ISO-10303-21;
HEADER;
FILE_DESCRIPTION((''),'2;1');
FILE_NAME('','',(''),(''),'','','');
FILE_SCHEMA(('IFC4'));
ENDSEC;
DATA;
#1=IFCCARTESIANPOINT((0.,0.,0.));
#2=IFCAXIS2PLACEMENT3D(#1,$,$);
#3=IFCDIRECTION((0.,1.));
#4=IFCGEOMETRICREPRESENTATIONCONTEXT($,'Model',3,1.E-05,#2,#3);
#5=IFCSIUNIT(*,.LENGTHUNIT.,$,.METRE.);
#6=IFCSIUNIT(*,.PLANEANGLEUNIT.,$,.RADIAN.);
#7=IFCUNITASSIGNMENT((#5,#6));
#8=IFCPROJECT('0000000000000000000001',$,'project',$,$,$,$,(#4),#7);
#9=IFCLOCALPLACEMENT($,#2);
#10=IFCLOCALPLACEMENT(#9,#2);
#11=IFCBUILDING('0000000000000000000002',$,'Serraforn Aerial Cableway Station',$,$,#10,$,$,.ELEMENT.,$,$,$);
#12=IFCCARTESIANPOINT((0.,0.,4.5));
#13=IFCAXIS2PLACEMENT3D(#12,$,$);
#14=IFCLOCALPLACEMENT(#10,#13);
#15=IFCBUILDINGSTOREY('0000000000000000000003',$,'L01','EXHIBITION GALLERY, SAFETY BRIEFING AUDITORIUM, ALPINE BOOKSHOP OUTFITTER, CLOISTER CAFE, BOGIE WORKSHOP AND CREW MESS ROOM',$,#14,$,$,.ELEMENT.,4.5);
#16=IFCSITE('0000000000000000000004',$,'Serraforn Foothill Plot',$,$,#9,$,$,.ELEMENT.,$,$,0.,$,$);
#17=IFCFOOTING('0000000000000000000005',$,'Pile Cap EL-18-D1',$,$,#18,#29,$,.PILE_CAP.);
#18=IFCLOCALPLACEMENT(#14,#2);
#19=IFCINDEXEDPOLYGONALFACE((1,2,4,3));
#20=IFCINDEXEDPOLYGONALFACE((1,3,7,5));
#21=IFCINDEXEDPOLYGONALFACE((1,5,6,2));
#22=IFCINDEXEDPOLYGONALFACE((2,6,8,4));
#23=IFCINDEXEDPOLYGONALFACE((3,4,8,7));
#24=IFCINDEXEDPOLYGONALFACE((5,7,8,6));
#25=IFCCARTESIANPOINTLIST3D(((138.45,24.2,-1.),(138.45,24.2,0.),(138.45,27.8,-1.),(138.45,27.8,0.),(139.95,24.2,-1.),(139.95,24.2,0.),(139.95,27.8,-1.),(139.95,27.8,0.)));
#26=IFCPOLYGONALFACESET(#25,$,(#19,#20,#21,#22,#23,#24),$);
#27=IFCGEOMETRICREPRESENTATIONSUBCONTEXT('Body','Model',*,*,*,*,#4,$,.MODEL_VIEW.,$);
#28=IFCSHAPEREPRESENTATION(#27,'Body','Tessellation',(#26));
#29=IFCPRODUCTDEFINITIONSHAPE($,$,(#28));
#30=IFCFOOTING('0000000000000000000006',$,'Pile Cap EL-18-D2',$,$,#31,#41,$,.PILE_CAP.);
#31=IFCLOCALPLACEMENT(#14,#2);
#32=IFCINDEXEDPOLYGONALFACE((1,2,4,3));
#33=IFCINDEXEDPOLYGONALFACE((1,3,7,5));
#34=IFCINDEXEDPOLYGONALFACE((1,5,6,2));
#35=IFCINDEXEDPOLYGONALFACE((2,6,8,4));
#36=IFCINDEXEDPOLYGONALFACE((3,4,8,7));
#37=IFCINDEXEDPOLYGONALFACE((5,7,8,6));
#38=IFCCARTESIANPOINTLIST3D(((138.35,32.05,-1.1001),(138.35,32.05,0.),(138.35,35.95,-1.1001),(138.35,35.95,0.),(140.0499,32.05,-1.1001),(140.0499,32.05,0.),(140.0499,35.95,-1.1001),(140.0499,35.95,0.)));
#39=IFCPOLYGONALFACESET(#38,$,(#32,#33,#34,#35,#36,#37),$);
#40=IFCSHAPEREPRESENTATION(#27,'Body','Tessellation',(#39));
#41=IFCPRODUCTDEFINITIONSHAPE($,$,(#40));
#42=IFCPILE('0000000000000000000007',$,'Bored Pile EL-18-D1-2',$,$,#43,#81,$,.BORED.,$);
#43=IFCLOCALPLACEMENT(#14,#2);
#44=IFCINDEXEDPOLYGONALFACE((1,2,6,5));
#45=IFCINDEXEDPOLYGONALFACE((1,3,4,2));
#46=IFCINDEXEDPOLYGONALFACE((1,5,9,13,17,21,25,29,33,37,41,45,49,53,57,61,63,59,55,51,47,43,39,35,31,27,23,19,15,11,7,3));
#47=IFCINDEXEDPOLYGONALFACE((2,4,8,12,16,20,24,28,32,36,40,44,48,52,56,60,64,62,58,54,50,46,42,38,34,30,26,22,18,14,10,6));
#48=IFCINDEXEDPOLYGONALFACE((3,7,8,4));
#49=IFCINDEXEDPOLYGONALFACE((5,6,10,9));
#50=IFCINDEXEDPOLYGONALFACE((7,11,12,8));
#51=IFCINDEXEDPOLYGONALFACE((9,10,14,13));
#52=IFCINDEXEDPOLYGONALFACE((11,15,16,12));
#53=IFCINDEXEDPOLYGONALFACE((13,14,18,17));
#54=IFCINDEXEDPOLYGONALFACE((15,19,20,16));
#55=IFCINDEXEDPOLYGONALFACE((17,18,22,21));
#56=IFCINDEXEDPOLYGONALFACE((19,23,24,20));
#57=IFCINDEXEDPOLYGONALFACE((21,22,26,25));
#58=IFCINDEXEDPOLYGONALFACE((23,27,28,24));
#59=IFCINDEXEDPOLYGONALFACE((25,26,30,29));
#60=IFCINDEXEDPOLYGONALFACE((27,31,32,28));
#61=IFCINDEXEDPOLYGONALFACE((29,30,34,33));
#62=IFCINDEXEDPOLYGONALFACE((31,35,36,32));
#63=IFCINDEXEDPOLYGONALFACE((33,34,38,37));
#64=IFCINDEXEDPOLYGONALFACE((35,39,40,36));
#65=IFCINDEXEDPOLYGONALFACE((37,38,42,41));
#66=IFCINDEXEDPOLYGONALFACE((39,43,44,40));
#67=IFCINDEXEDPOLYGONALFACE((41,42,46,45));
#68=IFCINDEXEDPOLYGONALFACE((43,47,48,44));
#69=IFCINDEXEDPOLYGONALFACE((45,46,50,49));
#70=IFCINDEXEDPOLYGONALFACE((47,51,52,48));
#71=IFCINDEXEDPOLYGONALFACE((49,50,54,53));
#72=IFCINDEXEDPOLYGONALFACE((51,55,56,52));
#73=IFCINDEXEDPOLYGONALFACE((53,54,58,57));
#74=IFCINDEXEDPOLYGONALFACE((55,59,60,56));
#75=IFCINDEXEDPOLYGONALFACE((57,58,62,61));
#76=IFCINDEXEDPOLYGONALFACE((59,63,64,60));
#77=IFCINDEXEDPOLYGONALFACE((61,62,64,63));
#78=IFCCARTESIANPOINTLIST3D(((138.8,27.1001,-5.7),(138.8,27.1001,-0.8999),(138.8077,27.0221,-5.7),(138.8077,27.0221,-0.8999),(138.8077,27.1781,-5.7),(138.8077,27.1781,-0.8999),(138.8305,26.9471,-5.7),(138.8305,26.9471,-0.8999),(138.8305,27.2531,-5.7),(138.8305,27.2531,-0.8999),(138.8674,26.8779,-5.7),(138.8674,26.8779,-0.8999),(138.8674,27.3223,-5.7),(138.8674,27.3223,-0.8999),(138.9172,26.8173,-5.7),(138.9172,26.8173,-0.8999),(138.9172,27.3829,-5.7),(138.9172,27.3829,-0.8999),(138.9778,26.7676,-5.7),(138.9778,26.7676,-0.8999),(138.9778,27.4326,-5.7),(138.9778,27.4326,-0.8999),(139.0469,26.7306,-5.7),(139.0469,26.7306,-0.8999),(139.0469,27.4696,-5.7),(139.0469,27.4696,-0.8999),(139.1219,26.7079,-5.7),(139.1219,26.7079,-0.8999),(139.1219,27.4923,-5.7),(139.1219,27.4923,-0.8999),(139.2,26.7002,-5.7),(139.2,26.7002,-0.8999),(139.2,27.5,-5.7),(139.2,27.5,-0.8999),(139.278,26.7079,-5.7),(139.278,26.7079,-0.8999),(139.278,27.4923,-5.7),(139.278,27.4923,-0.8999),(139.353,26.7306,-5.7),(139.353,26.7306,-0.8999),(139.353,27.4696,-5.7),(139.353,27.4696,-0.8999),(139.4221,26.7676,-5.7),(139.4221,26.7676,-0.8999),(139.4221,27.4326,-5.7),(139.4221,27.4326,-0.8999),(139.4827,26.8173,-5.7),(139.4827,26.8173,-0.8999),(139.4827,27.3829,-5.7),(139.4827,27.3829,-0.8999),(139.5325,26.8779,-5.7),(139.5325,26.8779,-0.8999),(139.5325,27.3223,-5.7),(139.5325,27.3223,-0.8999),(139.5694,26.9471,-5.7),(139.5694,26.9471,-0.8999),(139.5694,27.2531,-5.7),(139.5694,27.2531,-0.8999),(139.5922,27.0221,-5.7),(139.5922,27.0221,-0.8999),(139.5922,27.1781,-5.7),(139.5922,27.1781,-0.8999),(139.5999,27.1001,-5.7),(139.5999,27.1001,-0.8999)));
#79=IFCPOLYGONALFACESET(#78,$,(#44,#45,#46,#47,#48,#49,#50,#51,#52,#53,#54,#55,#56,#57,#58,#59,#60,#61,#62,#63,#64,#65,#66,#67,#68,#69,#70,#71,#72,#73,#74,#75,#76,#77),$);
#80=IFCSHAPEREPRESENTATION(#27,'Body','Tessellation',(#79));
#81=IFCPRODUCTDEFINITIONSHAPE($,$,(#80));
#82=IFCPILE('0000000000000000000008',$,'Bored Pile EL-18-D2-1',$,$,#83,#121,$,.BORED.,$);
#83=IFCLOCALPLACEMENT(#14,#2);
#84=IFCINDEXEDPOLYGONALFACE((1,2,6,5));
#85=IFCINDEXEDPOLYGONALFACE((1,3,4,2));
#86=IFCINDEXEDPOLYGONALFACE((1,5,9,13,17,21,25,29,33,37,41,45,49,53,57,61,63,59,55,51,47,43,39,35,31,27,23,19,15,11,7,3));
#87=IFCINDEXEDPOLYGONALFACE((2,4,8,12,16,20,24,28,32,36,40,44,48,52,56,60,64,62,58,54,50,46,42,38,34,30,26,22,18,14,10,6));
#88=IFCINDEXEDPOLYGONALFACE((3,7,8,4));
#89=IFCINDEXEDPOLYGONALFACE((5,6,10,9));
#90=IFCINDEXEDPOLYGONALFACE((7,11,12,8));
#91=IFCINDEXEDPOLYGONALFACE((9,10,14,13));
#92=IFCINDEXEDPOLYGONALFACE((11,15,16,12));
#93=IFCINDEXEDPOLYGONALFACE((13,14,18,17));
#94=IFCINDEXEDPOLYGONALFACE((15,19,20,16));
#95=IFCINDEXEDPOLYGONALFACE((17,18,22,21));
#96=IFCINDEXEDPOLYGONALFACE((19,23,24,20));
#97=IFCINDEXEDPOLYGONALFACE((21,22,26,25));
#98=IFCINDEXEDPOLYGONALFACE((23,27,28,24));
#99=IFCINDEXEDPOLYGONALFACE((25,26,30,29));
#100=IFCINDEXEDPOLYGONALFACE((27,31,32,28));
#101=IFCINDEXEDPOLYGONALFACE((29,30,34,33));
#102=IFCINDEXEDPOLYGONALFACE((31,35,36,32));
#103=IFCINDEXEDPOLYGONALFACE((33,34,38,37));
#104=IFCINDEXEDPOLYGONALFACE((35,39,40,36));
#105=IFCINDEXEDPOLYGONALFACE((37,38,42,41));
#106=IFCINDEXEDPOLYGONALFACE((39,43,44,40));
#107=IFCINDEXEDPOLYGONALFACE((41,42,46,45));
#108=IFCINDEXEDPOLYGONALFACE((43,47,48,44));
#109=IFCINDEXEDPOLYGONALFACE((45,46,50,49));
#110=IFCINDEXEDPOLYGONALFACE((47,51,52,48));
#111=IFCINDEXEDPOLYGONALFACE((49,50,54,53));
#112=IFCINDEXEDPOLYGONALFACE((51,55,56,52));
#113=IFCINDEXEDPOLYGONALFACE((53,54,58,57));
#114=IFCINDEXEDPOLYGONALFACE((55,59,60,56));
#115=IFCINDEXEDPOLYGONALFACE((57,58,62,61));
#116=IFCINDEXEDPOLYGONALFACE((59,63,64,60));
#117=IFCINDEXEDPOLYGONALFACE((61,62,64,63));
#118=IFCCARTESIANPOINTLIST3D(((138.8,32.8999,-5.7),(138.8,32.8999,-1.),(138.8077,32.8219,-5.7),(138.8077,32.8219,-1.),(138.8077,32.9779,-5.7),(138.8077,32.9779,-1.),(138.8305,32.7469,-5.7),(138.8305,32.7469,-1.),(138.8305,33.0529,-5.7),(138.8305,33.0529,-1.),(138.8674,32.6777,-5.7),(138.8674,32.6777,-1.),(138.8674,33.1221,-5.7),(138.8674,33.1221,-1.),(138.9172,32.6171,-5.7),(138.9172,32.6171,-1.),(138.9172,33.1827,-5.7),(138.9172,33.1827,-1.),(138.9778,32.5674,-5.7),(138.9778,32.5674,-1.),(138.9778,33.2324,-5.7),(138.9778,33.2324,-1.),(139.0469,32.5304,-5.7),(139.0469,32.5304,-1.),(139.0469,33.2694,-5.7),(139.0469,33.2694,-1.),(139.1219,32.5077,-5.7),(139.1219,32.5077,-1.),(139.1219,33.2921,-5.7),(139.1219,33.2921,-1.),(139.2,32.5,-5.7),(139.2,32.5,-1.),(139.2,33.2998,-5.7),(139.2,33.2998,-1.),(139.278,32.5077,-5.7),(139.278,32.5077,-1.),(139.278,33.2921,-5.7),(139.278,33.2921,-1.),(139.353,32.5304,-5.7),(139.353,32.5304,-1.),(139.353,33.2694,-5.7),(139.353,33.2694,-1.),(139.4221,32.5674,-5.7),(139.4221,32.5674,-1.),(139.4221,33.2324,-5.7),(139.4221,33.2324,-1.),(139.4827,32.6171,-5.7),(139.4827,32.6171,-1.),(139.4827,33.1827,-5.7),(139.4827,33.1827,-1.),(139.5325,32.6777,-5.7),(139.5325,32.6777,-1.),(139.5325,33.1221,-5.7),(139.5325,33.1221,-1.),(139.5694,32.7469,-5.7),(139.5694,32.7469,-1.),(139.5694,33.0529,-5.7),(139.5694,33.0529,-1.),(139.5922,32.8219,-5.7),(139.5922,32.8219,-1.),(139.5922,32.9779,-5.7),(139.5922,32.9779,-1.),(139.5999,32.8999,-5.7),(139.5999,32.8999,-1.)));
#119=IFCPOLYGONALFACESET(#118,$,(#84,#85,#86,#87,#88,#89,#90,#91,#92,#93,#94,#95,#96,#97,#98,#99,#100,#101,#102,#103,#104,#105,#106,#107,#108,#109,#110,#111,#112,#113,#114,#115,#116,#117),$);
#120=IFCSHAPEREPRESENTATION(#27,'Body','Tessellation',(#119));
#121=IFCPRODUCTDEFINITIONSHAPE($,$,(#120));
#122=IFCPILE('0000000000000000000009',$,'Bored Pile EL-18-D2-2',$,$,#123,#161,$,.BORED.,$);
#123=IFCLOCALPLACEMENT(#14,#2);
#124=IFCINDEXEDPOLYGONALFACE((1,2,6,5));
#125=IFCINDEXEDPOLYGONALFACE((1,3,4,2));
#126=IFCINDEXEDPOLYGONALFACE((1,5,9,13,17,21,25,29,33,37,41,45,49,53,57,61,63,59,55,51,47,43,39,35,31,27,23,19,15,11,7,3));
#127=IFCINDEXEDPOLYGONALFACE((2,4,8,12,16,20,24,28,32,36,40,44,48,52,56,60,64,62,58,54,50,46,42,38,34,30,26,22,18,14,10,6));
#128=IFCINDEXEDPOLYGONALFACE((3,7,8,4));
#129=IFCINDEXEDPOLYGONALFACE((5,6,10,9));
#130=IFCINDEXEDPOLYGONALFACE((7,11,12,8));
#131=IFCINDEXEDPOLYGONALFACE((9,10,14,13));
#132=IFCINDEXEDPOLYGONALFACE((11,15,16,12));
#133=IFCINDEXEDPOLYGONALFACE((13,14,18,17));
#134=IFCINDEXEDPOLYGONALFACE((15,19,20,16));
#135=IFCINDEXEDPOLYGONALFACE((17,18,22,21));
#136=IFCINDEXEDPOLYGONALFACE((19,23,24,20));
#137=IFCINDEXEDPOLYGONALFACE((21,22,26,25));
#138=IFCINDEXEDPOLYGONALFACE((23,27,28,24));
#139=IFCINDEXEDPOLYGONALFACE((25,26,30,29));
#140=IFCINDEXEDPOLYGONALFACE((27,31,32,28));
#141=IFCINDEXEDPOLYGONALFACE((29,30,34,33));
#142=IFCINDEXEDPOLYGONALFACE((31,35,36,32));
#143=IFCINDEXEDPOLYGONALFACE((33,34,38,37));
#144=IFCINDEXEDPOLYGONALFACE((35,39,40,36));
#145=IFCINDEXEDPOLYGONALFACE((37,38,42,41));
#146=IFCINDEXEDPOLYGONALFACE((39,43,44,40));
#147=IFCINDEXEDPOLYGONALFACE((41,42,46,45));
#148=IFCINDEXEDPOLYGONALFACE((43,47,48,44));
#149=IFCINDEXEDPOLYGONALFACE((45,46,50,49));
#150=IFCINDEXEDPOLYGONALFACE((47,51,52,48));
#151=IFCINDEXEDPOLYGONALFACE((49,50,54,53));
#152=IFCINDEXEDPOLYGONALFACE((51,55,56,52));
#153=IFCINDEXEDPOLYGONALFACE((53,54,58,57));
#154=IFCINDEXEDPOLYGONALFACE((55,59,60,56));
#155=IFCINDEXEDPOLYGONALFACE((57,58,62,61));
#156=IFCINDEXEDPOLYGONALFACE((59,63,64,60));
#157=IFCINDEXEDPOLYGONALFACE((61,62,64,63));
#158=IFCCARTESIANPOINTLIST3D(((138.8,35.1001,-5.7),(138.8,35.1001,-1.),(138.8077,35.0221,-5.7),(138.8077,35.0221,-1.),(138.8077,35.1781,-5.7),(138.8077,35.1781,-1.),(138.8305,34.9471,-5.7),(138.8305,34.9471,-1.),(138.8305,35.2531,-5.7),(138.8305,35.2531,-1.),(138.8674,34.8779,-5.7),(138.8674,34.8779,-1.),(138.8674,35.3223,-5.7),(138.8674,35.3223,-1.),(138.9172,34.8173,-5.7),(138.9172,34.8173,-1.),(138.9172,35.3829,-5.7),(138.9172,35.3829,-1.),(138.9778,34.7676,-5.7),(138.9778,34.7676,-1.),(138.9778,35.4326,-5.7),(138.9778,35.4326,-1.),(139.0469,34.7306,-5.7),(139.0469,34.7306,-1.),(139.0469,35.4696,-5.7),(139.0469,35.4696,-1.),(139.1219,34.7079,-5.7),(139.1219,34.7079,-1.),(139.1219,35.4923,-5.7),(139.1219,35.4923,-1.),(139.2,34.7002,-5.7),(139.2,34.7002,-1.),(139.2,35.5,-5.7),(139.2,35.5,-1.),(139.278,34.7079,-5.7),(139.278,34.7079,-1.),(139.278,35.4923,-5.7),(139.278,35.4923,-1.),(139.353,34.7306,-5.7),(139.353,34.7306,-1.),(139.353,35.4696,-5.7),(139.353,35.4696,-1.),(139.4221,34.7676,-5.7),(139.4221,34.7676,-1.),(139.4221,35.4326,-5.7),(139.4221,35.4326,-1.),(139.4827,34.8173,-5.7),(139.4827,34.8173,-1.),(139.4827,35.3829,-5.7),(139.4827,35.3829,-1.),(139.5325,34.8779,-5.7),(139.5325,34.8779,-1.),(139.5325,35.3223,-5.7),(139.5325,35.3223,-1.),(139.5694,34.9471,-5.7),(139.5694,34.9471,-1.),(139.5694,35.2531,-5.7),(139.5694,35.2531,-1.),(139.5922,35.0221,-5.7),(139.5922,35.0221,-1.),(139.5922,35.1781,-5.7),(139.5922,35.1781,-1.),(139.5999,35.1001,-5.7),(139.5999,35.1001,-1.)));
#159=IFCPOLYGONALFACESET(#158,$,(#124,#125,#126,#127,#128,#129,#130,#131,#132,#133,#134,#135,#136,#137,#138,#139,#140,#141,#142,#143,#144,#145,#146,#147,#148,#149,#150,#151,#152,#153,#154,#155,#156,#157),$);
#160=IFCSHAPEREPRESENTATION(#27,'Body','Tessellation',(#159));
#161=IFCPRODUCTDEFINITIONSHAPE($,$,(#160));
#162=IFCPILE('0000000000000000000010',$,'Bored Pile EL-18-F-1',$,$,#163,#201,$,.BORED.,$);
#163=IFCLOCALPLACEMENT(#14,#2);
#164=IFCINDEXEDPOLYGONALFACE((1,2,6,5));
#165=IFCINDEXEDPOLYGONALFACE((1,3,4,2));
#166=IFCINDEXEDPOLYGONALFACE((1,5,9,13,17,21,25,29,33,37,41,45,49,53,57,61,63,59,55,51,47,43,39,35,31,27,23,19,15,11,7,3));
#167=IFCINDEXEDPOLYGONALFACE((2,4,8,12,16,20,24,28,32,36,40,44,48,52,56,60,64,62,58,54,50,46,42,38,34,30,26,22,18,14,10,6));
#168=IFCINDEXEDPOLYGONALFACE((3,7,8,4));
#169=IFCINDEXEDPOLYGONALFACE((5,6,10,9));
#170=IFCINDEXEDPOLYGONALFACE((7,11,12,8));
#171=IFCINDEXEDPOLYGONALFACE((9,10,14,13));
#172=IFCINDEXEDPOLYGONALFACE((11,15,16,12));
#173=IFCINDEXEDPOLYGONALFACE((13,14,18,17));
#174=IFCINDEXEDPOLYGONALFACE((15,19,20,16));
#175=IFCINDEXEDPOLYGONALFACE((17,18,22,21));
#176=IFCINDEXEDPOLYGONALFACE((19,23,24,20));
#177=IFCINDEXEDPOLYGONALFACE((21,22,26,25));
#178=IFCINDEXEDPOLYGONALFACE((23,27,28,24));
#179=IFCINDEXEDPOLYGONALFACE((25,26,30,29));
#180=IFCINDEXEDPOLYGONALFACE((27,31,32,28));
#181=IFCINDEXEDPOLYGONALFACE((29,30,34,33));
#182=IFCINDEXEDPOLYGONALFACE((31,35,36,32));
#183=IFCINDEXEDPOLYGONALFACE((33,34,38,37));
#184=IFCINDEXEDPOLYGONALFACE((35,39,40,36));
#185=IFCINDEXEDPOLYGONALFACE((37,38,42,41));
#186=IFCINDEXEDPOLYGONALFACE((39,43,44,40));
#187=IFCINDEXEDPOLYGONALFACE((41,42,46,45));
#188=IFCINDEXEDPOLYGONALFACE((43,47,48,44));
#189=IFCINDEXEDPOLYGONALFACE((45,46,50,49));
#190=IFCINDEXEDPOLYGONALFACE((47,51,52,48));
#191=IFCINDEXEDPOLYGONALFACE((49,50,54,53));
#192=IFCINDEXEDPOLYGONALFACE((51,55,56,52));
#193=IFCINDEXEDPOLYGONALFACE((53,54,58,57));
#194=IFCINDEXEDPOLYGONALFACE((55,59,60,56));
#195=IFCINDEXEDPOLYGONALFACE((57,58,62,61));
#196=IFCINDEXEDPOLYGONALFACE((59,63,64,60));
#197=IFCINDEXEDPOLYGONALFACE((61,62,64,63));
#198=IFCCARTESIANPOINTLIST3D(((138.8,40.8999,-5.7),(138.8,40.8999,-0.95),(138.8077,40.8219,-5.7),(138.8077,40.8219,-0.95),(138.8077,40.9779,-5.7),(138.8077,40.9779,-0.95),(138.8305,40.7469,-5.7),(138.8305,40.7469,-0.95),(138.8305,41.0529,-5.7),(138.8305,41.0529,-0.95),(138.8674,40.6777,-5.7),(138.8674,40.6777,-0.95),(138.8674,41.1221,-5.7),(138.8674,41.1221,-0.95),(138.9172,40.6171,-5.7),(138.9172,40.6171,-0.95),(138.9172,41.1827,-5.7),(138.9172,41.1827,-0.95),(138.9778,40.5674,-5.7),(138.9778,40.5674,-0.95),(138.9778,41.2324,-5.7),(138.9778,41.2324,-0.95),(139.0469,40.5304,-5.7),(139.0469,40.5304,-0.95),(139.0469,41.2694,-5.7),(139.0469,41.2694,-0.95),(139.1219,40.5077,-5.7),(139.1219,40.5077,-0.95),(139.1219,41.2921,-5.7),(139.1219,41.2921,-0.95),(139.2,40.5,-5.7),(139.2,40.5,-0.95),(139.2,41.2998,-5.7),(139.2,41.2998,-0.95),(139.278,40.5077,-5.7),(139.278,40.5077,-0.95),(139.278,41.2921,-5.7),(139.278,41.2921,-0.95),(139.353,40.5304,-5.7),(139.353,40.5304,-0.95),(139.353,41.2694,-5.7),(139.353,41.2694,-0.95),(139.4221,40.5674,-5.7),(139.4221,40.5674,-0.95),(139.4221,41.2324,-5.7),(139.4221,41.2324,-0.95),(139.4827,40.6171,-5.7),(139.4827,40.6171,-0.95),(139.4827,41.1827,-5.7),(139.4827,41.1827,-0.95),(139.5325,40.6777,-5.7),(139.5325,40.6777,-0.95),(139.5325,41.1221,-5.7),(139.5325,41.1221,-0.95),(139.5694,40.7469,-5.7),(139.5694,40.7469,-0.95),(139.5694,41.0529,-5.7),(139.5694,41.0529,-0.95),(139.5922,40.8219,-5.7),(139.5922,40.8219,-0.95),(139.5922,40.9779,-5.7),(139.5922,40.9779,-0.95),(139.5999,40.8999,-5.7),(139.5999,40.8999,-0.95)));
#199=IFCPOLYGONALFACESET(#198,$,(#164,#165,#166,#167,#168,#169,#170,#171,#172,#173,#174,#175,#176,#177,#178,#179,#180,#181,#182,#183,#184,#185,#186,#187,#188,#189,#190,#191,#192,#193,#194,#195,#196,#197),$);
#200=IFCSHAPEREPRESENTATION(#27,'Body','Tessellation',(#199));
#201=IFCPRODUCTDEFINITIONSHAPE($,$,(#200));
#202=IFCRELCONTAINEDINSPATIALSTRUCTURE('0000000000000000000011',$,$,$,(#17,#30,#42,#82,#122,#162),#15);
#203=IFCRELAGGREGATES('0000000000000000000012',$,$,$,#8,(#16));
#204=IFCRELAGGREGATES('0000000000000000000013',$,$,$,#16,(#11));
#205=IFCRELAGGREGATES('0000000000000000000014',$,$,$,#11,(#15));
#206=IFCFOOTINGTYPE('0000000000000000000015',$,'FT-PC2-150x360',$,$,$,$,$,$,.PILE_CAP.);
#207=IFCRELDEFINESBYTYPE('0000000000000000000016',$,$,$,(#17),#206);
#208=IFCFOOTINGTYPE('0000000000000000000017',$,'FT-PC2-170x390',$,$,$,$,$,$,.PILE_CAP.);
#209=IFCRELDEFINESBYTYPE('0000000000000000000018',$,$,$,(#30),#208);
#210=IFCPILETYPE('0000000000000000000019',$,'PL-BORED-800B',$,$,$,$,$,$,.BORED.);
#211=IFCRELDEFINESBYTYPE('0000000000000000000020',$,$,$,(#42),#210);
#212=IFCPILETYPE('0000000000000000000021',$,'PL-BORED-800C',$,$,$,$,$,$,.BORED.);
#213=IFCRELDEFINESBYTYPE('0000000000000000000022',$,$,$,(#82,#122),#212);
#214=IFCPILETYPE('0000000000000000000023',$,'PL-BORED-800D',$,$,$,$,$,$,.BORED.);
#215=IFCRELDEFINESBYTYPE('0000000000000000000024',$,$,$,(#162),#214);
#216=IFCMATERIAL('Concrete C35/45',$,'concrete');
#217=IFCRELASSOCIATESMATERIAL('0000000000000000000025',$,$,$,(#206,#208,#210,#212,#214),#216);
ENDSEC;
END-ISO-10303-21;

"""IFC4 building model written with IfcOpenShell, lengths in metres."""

from ifc_helpers import new_model, si_unit, direction, frame, origin, origin_2d, place, context, subcontext, project, spatial, rectangle, circle, extrude, material, material_profile, profile_set, type_object, element, save


model = new_model("IFC4")

# Units and contexts
model_context = context("Model", 3, precision=1e-05, world=origin(), true_north=direction((0.0, 1.0)))
body_context = subcontext(model_context, "Body", "Model", "MODEL_VIEW")
ifc_project = project(units=[si_unit("LENGTHUNIT", "METRE"), si_unit("PLANEANGLEUNIT", "RADIAN")], contexts=[model_context])

# Site, building, storey
site_placement = place(None, origin())
site = spatial("IfcSite", under=ifc_project, at=site_placement, Name="Serraforn Foothill Plot", CompositionType="ELEMENT", RefElevation=0.0)
building_placement = place(site_placement, origin())
building = spatial("IfcBuilding", under=site, at=building_placement, Name="Serraforn Aerial Cableway Station", CompositionType="ELEMENT")
storey_placement = place(building_placement, frame((0.0, 0.0, 4.5)))
storey = spatial("IfcBuildingStorey", under=building, at=storey_placement, Name="L01", Description="EXHIBITION GALLERY, SAFETY BRIEFING AUDITORIUM, ALPINE BOOKSHOP OUTFITTER, CLOISTER CAFE, BOGIE WORKSHOP AND CREW MESS ROOM", CompositionType="ELEMENT", Elevation=4.5)

# Footings
ifc_material_1 = material(Name="Concrete C35/45", Category="concrete")
footing_type_1 = type_object("IfcFootingType", Name="FT-PC2-150x360", PredefinedType="PILE_CAP", material=ifc_material_1)
footing_1_placement = place(storey_placement, frame((139.2, 26.0, -1.0), z_axis=(0.0, 0.0, 1.0), x_axis=(1.0, 0.0, 0.0)))
element("IfcFooting", 1, at=footing_1_placement, inside=storey, type_object=footing_type_1, Name="Pile Cap EL-18-D1", PredefinedType="PILE_CAP", context=body_context, shape_type="SweptSolid", body=[
    extrude(rectangle(XDim=1.5, YDim=3.6001, at=origin_2d()), origin(), (0.0, 0.0, 1.0), 1.0),
])
footing_type_2 = type_object("IfcFootingType", Name="FT-PC2-170x390", PredefinedType="PILE_CAP", material=ifc_material_1)
footing_2_placement = place(storey_placement, frame((139.2, 34.0, -1.1001), z_axis=(0.0, 0.0, 1.0), x_axis=(1.0, 0.0, 0.0)))
element("IfcFooting", 2, at=footing_2_placement, inside=storey, type_object=footing_type_2, Name="Pile Cap EL-18-D2", PredefinedType="PILE_CAP", context=body_context, shape_type="SweptSolid", body=[
    extrude(rectangle(XDim=1.7, YDim=3.8999, at=origin_2d()), origin(), (0.0, 0.0, 1.0), 1.1001),
])

# Piles
ifc_material_profile_1 = material_profile(ifc_material_1, circle(Radius=0.3999, at=origin_2d()), Name="BORED PILE D800")
ifc_profile_set_1 = profile_set([ifc_material_profile_1], Name="Concrete C35/45")
pile_type_1 = type_object("IfcPileType", Name="PL-BORED-800B", PredefinedType="BORED", material=ifc_profile_set_1)
pile_1_placement = place(storey_placement, frame((139.2, 27.1001, -0.8999), z_axis=(0.0, 0.0, -1.0), x_axis=(1.0, 0.0, 0.0)))
element("IfcPile", 3, at=pile_1_placement, inside=storey, type_object=pile_type_1, Name="Bored Pile EL-18-D1-2", PredefinedType="BORED", context=body_context, shape_type="SweptSolid", body=[
    extrude(circle(Radius=0.3999, at=origin_2d()), origin(), (0.0, 0.0, 1.0), 4.8),
])
ifc_material_profile_2 = material_profile(ifc_material_1, circle(Radius=0.3999, at=origin_2d()), Name="BORED PILE D800")
ifc_profile_set_2 = profile_set([ifc_material_profile_2], Name="Concrete C35/45")
pile_type_2 = type_object("IfcPileType", Name="PL-BORED-800C", PredefinedType="BORED", material=ifc_profile_set_2)
for number, where, z_axis, x_axis, name in (
    (4, (139.2, 32.8999, -1.0), (0.0, 0.0, -1.0), (1.0, 0.0, 0.0), "Bored Pile EL-18-D2-1"),
    (5, (139.2, 35.1001, -1.0), (0.0, 0.0, -1.0), (1.0, 0.0, 0.0), "Bored Pile EL-18-D2-2"),
):
    element("IfcPile", number, at=place(storey_placement, frame(where, z_axis=z_axis, x_axis=x_axis)), inside=storey, type_object=pile_type_2, Name=name, PredefinedType="BORED", context=body_context, shape_type="SweptSolid", body=[
        extrude(circle(Radius=0.3999, at=origin_2d()), origin(), (0.0, 0.0, 1.0), 4.7),
    ])
ifc_material_profile_3 = material_profile(ifc_material_1, circle(Radius=0.3999, at=origin_2d()), Name="BORED PILE D800")
ifc_profile_set_3 = profile_set([ifc_material_profile_3], Name="Concrete C35/45")
pile_type_3 = type_object("IfcPileType", Name="PL-BORED-800D", PredefinedType="BORED", material=ifc_profile_set_3)
pile_2_placement = place(storey_placement, frame((139.2, 40.8999, -0.95), z_axis=(0.0, 0.0, -1.0), x_axis=(1.0, 0.0, 0.0)))
element("IfcPile", 6, at=pile_2_placement, inside=storey, type_object=pile_type_3, Name="Bored Pile EL-18-F-1", PredefinedType="BORED", context=body_context, shape_type="SweptSolid", body=[
    extrude(circle(Radius=0.3999, at=origin_2d()), origin(), (0.0, 0.0, 1.0), 4.75),
])

save(model, "model.ifc")
